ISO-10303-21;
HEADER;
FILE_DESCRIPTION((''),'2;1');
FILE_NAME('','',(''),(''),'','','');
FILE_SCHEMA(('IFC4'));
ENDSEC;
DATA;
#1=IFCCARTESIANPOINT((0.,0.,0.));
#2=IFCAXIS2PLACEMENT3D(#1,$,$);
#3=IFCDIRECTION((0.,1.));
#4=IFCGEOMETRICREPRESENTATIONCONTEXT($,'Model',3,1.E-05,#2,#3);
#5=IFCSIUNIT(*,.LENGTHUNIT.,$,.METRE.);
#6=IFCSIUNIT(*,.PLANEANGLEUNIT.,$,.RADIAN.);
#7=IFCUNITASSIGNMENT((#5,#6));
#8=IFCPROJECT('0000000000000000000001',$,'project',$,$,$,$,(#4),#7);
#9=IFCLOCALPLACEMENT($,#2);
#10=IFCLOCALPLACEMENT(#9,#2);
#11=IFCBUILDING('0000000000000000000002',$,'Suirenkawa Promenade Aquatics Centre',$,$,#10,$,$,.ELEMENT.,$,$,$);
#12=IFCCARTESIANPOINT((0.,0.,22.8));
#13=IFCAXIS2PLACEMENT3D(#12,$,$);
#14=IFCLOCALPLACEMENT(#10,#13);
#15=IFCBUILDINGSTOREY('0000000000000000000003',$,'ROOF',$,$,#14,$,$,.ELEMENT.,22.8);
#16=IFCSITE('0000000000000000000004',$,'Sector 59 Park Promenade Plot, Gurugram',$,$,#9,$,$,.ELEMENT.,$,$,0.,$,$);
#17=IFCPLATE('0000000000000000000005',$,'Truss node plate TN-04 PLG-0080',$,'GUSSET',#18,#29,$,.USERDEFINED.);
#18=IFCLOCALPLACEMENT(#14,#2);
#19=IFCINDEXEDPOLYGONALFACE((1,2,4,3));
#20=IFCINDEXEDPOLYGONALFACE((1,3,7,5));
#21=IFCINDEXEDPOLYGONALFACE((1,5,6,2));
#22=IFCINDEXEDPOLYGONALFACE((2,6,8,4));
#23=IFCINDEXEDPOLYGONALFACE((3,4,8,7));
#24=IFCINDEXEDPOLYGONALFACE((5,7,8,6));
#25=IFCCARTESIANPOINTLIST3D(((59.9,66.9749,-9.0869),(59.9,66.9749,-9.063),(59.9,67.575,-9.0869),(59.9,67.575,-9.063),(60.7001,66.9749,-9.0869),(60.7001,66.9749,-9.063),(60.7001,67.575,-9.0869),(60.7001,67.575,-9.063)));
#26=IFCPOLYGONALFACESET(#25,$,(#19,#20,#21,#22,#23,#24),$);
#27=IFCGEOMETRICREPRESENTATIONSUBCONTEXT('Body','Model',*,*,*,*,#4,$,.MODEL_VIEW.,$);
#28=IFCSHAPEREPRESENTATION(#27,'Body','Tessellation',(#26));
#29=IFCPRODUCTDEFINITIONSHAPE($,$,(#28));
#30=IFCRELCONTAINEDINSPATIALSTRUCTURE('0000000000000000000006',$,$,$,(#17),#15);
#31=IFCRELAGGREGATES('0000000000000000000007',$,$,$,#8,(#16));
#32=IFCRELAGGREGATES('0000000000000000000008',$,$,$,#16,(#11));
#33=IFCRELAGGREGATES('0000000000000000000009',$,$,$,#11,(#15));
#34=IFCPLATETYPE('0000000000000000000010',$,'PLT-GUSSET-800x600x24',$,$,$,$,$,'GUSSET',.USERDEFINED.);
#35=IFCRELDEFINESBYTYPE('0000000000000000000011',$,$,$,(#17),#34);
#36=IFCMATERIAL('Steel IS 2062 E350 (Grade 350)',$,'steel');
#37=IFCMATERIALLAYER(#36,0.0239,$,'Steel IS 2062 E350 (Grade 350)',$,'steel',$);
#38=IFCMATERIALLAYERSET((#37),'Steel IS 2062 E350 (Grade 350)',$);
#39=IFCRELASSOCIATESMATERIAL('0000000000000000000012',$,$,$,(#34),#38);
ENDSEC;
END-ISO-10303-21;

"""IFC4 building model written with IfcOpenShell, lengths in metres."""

from ifc_helpers import new_model, si_unit, direction, frame, origin, origin_2d, place, context, subcontext, project, spatial, rectangle, extrude, material, layer, layer_set, type_object, element, save


model = new_model("IFC4")

# Units and contexts
model_context = context("Model", 3, precision=1e-05, world=origin(), true_north=direction((0.0, 1.0)))
body_context = subcontext(model_context, "Body", "Model", "MODEL_VIEW")
ifc_project = project(units=[si_unit("LENGTHUNIT", "METRE"), si_unit("PLANEANGLEUNIT", "RADIAN")], contexts=[model_context])

# Site, building, storey
site_placement = place(None, origin())
site = spatial("IfcSite", under=ifc_project, at=site_placement, Name="Sector 59 Park Promenade Plot, Gurugram", CompositionType="ELEMENT", RefElevation=0.0)
building_placement = place(site_placement, origin())
building = spatial("IfcBuilding", under=site, at=building_placement, Name="Suirenkawa Promenade Aquatics Centre", CompositionType="ELEMENT")
storey_placement = place(building_placement, frame((0.0, 0.0, 22.8)))
storey = spatial("IfcBuildingStorey", under=building, at=storey_placement, Name="ROOF", CompositionType="ELEMENT", Elevation=22.8)

# Shared definitions
ifc_material = material(Name="Steel IS 2062 E350 (Grade 350)", Category="steel")

# Plate
ifc_layer_1 = layer(ifc_material, 0.0239, Name="Steel IS 2062 E350 (Grade 350)", Category="steel")
ifc_layer_set_1 = layer_set([ifc_layer_1], Name="Steel IS 2062 E350 (Grade 350)")
plate_type_1 = type_object("IfcPlateType", Name="PLT-GUSSET-800x600x24", ElementType="GUSSET", PredefinedType="USERDEFINED", material=ifc_layer_set_1)
plate_1_placement = place(storey_placement, frame((60.3, 67.2749, -9.0869), z_axis=(0.0, 0.0, 1.0), x_axis=(1.0, 0.0, 0.0)))
element("IfcPlate", 1, at=plate_1_placement, inside=storey, type_object=plate_type_1, Name="Truss node plate TN-04 PLG-0080", ObjectType="GUSSET", PredefinedType="USERDEFINED", context=body_context, shape_type="SweptSolid", body=[
    extrude(rectangle(XDim=0.8, YDim=0.6001, at=origin_2d()), origin(), (0.0, 0.0, 1.0), 0.0239),
])

save(model, "model.ifc")
